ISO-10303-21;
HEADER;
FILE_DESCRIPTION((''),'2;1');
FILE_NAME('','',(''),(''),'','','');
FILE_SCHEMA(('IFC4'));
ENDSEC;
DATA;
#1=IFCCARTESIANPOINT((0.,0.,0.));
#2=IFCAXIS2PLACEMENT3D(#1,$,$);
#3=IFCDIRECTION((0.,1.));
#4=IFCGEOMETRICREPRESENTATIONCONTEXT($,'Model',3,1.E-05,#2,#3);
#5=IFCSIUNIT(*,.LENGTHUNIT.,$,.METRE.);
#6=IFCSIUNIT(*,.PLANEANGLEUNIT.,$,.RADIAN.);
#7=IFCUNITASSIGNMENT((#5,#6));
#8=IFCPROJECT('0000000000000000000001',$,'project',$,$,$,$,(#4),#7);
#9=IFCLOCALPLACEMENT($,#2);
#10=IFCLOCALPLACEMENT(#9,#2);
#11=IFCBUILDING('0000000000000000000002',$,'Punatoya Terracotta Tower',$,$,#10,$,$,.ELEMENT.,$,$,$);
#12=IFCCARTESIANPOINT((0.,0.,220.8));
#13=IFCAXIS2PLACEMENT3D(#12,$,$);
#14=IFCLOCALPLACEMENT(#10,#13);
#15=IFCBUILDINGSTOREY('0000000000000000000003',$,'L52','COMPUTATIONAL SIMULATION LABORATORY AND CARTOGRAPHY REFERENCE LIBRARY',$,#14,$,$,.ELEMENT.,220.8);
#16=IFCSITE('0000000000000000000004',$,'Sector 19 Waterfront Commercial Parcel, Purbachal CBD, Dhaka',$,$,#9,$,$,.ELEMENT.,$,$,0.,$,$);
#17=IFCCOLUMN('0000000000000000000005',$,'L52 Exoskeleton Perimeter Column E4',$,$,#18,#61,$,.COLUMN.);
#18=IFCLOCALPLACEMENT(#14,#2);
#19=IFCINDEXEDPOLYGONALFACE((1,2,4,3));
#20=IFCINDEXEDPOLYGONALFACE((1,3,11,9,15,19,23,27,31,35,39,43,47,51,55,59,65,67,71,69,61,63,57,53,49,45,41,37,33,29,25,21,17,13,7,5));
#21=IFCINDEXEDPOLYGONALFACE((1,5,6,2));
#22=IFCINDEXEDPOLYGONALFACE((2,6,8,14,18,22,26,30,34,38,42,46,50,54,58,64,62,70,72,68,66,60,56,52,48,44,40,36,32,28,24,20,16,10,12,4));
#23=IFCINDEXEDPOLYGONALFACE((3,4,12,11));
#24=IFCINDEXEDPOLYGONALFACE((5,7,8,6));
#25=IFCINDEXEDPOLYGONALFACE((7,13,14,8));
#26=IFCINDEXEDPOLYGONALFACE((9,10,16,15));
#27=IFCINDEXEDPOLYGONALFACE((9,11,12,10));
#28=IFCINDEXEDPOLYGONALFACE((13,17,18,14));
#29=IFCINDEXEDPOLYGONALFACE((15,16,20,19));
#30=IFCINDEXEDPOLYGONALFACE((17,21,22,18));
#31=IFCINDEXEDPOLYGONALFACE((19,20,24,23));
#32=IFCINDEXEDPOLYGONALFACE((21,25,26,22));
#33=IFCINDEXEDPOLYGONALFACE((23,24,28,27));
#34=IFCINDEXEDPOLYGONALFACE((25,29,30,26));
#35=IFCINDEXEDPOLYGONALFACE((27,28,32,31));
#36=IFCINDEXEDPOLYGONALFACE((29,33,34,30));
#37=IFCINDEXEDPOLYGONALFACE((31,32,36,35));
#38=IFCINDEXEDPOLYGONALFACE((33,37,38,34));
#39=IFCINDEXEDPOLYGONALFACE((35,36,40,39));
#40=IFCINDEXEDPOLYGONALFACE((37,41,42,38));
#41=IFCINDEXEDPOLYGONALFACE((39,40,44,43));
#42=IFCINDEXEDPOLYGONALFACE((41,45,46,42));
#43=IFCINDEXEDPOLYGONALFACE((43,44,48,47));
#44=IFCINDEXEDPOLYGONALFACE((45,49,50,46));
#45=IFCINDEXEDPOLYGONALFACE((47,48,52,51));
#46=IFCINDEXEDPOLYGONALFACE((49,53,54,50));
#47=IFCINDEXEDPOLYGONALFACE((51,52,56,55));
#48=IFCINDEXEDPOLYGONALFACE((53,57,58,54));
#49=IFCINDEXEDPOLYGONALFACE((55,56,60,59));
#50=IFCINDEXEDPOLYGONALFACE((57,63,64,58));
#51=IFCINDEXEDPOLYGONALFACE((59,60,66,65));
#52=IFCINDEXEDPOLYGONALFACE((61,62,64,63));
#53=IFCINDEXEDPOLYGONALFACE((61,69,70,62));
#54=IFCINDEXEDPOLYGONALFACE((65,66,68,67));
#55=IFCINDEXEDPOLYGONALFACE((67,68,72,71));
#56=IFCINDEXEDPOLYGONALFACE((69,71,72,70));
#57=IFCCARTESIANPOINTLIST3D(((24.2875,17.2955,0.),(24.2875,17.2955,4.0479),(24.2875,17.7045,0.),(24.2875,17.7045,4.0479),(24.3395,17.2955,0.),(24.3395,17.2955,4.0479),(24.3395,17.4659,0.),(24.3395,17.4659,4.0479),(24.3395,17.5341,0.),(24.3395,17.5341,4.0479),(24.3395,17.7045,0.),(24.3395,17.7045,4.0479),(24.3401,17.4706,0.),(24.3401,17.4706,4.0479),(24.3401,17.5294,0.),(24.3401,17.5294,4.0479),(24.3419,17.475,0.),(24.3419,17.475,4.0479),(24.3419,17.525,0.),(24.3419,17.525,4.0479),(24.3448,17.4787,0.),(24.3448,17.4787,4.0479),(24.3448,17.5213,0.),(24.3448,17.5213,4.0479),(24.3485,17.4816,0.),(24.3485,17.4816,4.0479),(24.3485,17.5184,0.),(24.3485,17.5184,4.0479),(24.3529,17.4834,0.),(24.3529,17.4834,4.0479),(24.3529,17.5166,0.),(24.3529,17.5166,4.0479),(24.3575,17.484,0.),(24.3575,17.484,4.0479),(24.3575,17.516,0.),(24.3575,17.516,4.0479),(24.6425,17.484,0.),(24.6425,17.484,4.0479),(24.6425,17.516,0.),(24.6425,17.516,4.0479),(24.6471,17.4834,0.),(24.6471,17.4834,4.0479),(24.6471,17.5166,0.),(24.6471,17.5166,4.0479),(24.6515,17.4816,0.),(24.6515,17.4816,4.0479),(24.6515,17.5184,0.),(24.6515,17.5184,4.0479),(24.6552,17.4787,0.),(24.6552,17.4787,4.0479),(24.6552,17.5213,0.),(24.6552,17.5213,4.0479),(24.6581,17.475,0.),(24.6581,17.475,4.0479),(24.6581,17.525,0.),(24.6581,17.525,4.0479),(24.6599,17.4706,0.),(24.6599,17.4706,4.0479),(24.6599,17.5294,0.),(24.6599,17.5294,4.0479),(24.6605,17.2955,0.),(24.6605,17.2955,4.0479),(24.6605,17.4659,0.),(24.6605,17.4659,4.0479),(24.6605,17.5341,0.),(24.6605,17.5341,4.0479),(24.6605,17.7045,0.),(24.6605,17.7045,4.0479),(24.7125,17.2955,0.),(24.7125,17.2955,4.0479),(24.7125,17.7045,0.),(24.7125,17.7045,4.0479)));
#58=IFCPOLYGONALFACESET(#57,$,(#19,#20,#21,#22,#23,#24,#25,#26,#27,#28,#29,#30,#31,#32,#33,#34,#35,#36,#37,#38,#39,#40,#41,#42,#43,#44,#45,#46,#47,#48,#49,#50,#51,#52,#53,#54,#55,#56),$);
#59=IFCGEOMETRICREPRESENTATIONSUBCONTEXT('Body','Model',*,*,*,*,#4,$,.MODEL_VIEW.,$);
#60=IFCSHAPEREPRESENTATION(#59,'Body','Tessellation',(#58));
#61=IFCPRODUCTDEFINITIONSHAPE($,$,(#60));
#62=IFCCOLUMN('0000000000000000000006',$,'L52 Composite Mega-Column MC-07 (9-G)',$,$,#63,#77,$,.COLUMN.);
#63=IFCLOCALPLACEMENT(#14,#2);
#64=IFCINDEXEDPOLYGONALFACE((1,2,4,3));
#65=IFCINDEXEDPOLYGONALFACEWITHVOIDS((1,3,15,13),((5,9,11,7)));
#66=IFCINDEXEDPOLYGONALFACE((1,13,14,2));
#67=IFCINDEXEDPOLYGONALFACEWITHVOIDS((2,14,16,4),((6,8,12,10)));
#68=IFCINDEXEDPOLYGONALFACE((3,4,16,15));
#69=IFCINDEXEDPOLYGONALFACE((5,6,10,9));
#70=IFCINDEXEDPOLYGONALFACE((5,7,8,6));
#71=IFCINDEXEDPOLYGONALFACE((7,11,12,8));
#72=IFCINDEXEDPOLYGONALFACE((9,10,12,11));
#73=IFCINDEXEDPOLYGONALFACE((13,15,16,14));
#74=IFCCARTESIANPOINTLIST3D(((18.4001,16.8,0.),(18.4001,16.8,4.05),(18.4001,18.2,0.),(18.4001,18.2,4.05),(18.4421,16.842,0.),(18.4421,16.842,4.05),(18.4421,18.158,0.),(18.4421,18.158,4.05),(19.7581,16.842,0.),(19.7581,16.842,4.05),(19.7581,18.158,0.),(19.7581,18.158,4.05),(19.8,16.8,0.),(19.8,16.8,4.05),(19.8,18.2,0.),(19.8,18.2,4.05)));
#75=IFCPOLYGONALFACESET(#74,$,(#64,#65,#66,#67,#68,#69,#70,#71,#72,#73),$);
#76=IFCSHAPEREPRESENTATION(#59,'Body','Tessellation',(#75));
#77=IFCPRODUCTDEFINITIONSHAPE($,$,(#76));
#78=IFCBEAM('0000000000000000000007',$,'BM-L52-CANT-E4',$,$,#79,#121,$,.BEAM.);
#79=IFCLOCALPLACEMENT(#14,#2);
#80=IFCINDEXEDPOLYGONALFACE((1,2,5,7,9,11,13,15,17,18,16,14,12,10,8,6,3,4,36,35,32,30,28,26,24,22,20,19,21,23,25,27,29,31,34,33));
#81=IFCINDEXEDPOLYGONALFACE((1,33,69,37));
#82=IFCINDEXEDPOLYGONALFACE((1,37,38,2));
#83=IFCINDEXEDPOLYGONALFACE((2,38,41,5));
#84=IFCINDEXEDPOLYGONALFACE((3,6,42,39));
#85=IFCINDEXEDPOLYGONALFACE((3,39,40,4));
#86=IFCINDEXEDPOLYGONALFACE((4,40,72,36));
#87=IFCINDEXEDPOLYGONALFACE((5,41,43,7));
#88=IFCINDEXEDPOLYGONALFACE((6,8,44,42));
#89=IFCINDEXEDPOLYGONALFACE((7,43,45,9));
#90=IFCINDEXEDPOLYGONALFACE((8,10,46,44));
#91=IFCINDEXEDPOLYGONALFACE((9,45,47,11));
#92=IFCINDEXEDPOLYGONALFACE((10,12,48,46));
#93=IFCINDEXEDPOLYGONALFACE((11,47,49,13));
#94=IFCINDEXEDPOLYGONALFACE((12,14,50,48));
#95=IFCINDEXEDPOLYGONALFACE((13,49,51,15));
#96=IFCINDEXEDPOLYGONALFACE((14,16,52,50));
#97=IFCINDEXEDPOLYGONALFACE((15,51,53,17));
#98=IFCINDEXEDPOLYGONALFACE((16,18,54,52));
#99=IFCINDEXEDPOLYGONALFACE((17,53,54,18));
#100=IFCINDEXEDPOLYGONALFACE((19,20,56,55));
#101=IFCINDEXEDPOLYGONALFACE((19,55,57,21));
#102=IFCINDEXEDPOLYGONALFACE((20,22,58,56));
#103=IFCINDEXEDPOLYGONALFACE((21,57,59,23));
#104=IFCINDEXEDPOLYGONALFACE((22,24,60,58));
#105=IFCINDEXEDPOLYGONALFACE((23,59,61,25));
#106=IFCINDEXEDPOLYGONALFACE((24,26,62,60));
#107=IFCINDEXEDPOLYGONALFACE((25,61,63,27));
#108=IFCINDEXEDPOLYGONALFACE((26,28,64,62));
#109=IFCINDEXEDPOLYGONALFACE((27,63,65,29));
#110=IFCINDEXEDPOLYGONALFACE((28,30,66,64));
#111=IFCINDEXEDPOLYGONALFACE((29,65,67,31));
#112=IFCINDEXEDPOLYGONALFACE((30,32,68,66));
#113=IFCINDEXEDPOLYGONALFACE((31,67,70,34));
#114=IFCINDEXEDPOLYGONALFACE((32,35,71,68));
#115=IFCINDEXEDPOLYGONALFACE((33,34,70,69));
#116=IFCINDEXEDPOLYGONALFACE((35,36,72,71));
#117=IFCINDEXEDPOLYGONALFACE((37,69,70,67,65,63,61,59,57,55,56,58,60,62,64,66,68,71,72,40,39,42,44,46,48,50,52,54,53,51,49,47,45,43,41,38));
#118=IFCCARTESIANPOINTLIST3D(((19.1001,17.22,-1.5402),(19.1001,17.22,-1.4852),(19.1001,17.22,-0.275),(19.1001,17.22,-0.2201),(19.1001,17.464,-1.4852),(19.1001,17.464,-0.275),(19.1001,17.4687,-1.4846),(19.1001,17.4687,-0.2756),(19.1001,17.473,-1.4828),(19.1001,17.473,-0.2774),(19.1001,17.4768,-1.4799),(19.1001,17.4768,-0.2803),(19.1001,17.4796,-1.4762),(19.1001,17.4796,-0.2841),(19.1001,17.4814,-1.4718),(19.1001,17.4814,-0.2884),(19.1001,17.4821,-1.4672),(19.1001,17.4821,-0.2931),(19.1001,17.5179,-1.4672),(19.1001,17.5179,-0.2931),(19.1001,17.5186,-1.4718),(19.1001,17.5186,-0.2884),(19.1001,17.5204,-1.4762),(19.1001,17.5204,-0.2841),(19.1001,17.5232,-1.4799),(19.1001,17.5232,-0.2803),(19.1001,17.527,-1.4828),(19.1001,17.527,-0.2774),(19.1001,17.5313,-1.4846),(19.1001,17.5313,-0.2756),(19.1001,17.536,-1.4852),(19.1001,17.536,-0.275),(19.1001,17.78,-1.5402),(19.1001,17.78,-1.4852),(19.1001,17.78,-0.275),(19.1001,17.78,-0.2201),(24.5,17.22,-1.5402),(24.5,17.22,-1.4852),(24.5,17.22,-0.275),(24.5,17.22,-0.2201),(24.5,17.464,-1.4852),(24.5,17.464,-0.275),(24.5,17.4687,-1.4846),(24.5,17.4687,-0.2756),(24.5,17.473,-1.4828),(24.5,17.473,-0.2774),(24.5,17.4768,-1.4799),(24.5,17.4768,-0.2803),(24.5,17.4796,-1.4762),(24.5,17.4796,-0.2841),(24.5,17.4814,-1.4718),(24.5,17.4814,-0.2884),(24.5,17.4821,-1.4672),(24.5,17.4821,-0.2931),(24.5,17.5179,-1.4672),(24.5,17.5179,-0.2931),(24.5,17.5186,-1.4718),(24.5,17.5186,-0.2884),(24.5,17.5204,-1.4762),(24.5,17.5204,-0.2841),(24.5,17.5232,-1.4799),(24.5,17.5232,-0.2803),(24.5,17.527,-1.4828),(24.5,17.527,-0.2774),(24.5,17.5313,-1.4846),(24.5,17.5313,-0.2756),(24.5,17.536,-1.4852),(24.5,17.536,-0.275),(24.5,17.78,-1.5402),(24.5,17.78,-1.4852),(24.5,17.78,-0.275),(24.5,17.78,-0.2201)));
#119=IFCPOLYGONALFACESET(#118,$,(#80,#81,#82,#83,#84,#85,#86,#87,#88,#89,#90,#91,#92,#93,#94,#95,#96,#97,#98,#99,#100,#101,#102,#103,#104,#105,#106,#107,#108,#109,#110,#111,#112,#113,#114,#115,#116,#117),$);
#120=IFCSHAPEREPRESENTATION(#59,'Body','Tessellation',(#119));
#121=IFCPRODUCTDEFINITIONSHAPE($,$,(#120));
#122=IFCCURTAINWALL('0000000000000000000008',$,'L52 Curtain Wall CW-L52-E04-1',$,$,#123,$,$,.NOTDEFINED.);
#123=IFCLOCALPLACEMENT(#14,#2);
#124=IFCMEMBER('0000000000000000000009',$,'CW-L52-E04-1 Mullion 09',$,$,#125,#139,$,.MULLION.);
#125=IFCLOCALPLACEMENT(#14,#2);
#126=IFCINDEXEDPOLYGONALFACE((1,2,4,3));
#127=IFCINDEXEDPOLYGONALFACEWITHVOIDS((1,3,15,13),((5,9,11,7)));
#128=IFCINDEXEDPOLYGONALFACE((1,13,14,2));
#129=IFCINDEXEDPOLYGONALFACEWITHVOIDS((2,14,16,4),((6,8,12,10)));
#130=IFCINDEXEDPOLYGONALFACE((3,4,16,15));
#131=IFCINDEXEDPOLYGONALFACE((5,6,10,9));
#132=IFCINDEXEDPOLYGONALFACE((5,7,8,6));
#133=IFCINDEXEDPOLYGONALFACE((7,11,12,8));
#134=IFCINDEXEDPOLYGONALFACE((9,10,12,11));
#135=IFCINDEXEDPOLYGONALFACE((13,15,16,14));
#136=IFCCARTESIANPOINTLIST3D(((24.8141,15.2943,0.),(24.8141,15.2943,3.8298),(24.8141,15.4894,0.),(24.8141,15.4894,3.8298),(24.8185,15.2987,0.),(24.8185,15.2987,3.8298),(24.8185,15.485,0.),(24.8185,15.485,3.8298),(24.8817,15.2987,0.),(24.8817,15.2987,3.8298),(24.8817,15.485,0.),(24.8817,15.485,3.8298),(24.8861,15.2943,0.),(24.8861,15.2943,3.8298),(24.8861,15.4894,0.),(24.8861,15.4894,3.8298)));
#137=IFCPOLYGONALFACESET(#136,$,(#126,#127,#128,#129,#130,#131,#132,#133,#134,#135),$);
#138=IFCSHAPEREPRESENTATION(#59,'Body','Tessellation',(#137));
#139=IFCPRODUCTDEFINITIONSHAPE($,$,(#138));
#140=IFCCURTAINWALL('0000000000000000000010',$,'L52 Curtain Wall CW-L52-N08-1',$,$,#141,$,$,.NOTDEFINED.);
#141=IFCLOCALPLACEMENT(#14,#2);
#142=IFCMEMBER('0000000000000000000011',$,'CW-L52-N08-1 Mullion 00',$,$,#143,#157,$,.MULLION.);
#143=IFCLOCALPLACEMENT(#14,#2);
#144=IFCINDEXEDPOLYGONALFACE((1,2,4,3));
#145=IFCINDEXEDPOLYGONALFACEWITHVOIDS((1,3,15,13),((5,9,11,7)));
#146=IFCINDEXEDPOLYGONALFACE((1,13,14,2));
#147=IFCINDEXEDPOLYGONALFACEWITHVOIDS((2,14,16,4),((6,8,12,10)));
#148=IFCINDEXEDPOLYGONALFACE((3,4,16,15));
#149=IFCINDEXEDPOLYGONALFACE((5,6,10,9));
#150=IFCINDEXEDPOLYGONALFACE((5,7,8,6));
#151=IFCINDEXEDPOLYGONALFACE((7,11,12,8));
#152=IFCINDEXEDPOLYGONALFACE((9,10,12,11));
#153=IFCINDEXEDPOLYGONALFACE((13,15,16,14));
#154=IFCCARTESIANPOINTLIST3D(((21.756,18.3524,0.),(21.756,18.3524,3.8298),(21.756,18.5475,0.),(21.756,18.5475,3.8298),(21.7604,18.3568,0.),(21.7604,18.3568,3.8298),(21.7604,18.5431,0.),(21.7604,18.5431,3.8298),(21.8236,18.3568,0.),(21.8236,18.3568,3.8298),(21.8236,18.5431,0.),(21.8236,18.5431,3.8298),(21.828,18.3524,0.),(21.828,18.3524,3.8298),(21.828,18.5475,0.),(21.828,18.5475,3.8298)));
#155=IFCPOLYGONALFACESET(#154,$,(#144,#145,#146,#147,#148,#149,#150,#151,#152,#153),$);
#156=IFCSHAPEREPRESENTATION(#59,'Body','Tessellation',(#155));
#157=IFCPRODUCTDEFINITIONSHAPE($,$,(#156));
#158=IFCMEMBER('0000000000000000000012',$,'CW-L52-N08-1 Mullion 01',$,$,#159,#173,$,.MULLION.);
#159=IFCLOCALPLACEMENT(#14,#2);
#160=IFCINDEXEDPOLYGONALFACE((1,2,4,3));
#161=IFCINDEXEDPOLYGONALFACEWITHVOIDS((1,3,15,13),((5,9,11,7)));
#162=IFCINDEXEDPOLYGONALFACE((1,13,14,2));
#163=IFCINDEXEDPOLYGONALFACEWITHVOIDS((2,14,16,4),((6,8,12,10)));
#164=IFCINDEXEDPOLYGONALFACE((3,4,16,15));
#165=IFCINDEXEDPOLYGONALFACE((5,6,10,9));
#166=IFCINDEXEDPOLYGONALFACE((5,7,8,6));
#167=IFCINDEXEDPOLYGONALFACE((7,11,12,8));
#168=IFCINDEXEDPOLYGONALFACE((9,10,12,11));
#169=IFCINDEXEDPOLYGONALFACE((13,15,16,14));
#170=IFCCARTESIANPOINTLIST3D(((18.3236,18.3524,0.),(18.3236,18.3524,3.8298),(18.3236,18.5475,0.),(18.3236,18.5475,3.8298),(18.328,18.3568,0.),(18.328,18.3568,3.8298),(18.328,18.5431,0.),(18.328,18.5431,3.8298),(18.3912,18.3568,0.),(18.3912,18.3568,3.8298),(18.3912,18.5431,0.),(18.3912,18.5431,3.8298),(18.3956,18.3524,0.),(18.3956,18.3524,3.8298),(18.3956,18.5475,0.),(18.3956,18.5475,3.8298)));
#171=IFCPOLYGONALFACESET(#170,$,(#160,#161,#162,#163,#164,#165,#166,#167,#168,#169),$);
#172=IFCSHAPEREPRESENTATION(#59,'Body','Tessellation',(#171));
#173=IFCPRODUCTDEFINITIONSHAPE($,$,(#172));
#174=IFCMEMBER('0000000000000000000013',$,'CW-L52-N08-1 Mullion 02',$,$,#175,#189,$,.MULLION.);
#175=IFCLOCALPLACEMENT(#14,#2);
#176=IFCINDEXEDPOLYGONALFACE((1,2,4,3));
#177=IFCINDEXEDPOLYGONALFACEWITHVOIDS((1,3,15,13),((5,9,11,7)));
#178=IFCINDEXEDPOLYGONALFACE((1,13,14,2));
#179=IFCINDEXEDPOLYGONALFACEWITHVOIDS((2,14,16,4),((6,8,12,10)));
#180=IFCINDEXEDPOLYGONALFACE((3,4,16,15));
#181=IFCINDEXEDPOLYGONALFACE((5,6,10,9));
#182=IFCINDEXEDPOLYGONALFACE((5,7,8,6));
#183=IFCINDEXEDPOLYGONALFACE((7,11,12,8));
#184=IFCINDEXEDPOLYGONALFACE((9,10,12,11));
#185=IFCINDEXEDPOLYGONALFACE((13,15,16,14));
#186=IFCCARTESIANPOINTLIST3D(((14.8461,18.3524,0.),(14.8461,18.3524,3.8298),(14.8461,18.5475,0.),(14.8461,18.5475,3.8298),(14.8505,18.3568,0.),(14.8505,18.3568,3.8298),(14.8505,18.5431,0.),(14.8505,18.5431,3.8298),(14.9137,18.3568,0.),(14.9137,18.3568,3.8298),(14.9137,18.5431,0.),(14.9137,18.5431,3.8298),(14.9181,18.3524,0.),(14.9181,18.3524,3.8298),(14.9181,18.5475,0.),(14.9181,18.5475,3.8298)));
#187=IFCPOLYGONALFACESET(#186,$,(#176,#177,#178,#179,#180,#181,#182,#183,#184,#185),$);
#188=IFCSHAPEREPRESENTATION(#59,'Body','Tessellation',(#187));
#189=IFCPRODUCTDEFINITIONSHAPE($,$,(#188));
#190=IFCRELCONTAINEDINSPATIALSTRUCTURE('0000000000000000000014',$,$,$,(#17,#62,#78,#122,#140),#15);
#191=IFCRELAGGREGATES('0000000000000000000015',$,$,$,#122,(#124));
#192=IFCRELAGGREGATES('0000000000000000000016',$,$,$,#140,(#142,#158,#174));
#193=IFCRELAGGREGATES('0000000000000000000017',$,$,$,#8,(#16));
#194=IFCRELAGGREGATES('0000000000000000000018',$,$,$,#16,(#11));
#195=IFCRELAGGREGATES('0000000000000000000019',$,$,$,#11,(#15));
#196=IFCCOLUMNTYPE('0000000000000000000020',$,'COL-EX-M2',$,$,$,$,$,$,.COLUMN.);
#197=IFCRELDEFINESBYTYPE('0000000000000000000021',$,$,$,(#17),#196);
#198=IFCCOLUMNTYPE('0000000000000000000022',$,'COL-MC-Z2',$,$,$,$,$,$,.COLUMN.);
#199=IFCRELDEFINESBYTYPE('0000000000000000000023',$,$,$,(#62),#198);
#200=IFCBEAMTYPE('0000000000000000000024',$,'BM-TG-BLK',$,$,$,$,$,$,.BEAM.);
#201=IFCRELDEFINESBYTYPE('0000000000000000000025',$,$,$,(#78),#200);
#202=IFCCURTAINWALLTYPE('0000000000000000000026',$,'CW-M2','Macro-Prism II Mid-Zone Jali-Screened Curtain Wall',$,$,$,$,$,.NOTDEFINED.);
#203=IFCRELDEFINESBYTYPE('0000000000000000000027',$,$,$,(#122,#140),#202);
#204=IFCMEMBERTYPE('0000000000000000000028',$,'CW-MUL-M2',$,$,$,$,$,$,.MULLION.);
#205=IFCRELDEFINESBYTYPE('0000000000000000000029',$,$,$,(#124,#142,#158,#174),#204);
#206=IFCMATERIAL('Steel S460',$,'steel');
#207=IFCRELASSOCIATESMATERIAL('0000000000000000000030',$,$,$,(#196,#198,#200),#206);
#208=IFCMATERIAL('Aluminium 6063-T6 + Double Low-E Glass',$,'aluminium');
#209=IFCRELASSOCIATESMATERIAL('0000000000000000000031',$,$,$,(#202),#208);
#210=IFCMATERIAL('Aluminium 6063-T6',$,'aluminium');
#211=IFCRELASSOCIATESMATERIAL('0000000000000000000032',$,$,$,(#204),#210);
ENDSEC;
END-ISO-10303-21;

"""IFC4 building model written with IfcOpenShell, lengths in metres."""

from ifc_helpers import new_model, si_unit, direction, frame, origin, origin_2d, place, context, subcontext, project, spatial, hollow_rectangle, i_section, extrude, material, material_profile, profile_set, type_object, element, aggregate, save


model = new_model("IFC4")

# Units and contexts
model_context = context("Model", 3, precision=1e-05, world=origin(), true_north=direction((0.0, 1.0)))
body_context = subcontext(model_context, "Body", "Model", "MODEL_VIEW")
ifc_project = project(units=[si_unit("LENGTHUNIT", "METRE"), si_unit("PLANEANGLEUNIT", "RADIAN")], contexts=[model_context])

# Site, building, storey
site_placement = place(None, origin())
site = spatial("IfcSite", under=ifc_project, at=site_placement, Name="Sector 19 Waterfront Commercial Parcel, Purbachal CBD, Dhaka", CompositionType="ELEMENT", RefElevation=0.0)
building_placement = place(site_placement, origin())
building = spatial("IfcBuilding", under=site, at=building_placement, Name="Punatoya Terracotta Tower", CompositionType="ELEMENT")
storey_placement = place(building_placement, frame((0.0, 0.0, 220.8)))
storey = spatial("IfcBuildingStorey", under=building, at=storey_placement, Name="L52", Description="COMPUTATIONAL SIMULATION LABORATORY AND CARTOGRAPHY REFERENCE LIBRARY", CompositionType="ELEMENT", Elevation=220.8)

# Columns
ifc_material_1 = material(Name="Steel S460", Category="steel")
ifc_material_profile_1 = material_profile(ifc_material_1, i_section(OverallWidth=0.4089, OverallDepth=0.425, WebThickness=0.032, FlangeThickness=0.052, FilletRadius=0.0181, at=origin_2d()))
ifc_profile_set_1 = profile_set([ifc_material_profile_1], Name="Steel S460")
column_type_1 = type_object("IfcColumnType", Name="COL-EX-M2", PredefinedType="COLUMN", material=ifc_profile_set_1)
column_1_placement = place(storey_placement, frame((24.5, 17.5, 0.0), z_axis=(0.0, 0.0, 1.0), x_axis=(0.0, 1.0, 0.0)))
element("IfcColumn", 1, at=column_1_placement, inside=storey, type_object=column_type_1, Name="L52 Exoskeleton Perimeter Column E4", PredefinedType="COLUMN", context=body_context, shape_type="SweptSolid", body=[
    extrude(i_section(OverallWidth=0.4089, OverallDepth=0.425, WebThickness=0.032, FlangeThickness=0.052, FilletRadius=0.0181, at=origin_2d()), origin(), (0.0, 0.0, 1.0), 4.0479),
])
ifc_material_profile_2 = material_profile(ifc_material_1, hollow_rectangle(XDim=1.3999, YDim=1.3999, WallThickness=0.042, at=origin_2d()))
ifc_profile_set_2 = profile_set([ifc_material_profile_2], Name="Steel S460")
column_type_2 = type_object("IfcColumnType", Name="COL-MC-Z2", PredefinedType="COLUMN", material=ifc_profile_set_2)
column_2_placement = place(storey_placement, frame((19.1001, 17.5, 0.0), z_axis=(0.0, 0.0, 1.0), x_axis=(1.0, 0.0, 0.0)))
element("IfcColumn", 2, at=column_2_placement, inside=storey, type_object=column_type_2, Name="L52 Composite Mega-Column MC-07 (9-G)", PredefinedType="COLUMN", context=body_context, shape_type="SweptSolid", body=[
    extrude(hollow_rectangle(XDim=1.3999, YDim=1.3999, WallThickness=0.042, at=origin_2d()), origin(), (0.0, 0.0, 1.0), 4.05),
])

# Beam
ifc_material_profile_3 = material_profile(ifc_material_1, i_section(OverallWidth=0.5601, OverallDepth=1.3201, WebThickness=0.0359, FlangeThickness=0.0549, FilletRadius=0.0181, at=origin_2d()))
ifc_profile_set_3 = profile_set([ifc_material_profile_3], Name="Steel S460")
beam_type = type_object("IfcBeamType", Name="BM-TG-BLK", PredefinedType="BEAM", material=ifc_profile_set_3)
beam_placement = place(storey_placement, frame((19.1001, 17.5, -0.8801), z_axis=(1.0, 0.0, 0.0), x_axis=(0.0, 1.0, 0.0)))
element("IfcBeam", 3, at=beam_placement, inside=storey, type_object=beam_type, Name="BM-L52-CANT-E4", PredefinedType="BEAM", context=body_context, shape_type="SweptSolid", body=[
    extrude(i_section(OverallWidth=0.5601, OverallDepth=1.3201, WebThickness=0.0359, FlangeThickness=0.0549, FilletRadius=0.0181, at=origin_2d()), origin(), (0.0, 0.0, 1.0), 5.3999),
])

# Curtain wall, member
ifc_material_2 = material(Name="Aluminium 6063-T6 + Double Low-E Glass", Category="aluminium")
curtain_wall_type = type_object("IfcCurtainWallType", Name="CW-M2", Description="Macro-Prism II Mid-Zone Jali-Screened Curtain Wall", PredefinedType="NOTDEFINED", material=ifc_material_2)
curtain_wall_1_placement = place(storey_placement, origin())
curtain_wall_1 = element("IfcCurtainWall", 4, at=curtain_wall_1_placement, inside=storey, type_object=curtain_wall_type, Name="L52 Curtain Wall CW-L52-E04-1", PredefinedType="NOTDEFINED")
ifc_material_3 = material(Name="Aluminium 6063-T6", Category="aluminium")
ifc_material_profile_4 = material_profile(ifc_material_3, hollow_rectangle(XDim=0.072, YDim=0.1951, WallThickness=0.0044, at=origin_2d()))
ifc_profile_set_4 = profile_set([ifc_material_profile_4], Name="Aluminium 6063-T6")
member_type_1 = type_object("IfcMemberType", Name="CW-MUL-M2", PredefinedType="MULLION", material=ifc_profile_set_4)
member_1_placement = place(storey_placement, frame((24.8501, 15.3918, 0.0), z_axis=(0.0, 0.0, 1.0), x_axis=(1.0, 0.0, 0.0)))
member_1 = element("IfcMember", 5, at=member_1_placement, type_object=member_type_1, Name="CW-L52-E04-1 Mullion 09", PredefinedType="MULLION", context=body_context, shape_type="SweptSolid", body=[
    extrude(hollow_rectangle(XDim=0.072, YDim=0.1951, WallThickness=0.0044, at=origin_2d()), origin(), (0.0, 0.0, 1.0), 3.8298),
])

# Curtain wall, members
curtain_wall_2_placement = place(storey_placement, origin())
curtain_wall_2 = element("IfcCurtainWall", 6, at=curtain_wall_2_placement, inside=storey, type_object=curtain_wall_type, Name="L52 Curtain Wall CW-L52-N08-1", PredefinedType="NOTDEFINED")
member_2_placement = place(storey_placement, frame((21.792, 18.45, 0.0), z_axis=(0.0, 0.0, 1.0), x_axis=(1.0, 0.0, 0.0)))
member_2 = element("IfcMember", 7, at=member_2_placement, type_object=member_type_1, Name="CW-L52-N08-1 Mullion 00", PredefinedType="MULLION", context=body_context, shape_type="SweptSolid", body=[
    extrude(hollow_rectangle(XDim=0.072, YDim=0.1951, WallThickness=0.0044, at=origin_2d()), origin(), (0.0, 0.0, 1.0), 3.8298),
])
member_3_placement = place(storey_placement, frame((18.3596, 18.45, 0.0), z_axis=(0.0, 0.0, 1.0), x_axis=(1.0, 0.0, 0.0)))
member_3 = element("IfcMember", 8, at=member_3_placement, type_object=member_type_1, Name="CW-L52-N08-1 Mullion 01", PredefinedType="MULLION", context=body_context, shape_type="SweptSolid", body=[
    extrude(hollow_rectangle(XDim=0.072, YDim=0.1951, WallThickness=0.0044, at=origin_2d()), origin(), (0.0, 0.0, 1.0), 3.8298),
])
member_4_placement = place(storey_placement, frame((14.8821, 18.45, 0.0), z_axis=(0.0, 0.0, 1.0), x_axis=(1.0, 0.0, 0.0)))
member_4 = element("IfcMember", 9, at=member_4_placement, type_object=member_type_1, Name="CW-L52-N08-1 Mullion 02", PredefinedType="MULLION", context=body_context, shape_type="SweptSolid", body=[
    extrude(hollow_rectangle(XDim=0.072, YDim=0.1951, WallThickness=0.0044, at=origin_2d()), origin(), (0.0, 0.0, 1.0), 3.8298),
])

aggregate(curtain_wall_1, [member_1])
aggregate(curtain_wall_2, [member_2, member_3, member_4])

save(model, "model.ifc")
